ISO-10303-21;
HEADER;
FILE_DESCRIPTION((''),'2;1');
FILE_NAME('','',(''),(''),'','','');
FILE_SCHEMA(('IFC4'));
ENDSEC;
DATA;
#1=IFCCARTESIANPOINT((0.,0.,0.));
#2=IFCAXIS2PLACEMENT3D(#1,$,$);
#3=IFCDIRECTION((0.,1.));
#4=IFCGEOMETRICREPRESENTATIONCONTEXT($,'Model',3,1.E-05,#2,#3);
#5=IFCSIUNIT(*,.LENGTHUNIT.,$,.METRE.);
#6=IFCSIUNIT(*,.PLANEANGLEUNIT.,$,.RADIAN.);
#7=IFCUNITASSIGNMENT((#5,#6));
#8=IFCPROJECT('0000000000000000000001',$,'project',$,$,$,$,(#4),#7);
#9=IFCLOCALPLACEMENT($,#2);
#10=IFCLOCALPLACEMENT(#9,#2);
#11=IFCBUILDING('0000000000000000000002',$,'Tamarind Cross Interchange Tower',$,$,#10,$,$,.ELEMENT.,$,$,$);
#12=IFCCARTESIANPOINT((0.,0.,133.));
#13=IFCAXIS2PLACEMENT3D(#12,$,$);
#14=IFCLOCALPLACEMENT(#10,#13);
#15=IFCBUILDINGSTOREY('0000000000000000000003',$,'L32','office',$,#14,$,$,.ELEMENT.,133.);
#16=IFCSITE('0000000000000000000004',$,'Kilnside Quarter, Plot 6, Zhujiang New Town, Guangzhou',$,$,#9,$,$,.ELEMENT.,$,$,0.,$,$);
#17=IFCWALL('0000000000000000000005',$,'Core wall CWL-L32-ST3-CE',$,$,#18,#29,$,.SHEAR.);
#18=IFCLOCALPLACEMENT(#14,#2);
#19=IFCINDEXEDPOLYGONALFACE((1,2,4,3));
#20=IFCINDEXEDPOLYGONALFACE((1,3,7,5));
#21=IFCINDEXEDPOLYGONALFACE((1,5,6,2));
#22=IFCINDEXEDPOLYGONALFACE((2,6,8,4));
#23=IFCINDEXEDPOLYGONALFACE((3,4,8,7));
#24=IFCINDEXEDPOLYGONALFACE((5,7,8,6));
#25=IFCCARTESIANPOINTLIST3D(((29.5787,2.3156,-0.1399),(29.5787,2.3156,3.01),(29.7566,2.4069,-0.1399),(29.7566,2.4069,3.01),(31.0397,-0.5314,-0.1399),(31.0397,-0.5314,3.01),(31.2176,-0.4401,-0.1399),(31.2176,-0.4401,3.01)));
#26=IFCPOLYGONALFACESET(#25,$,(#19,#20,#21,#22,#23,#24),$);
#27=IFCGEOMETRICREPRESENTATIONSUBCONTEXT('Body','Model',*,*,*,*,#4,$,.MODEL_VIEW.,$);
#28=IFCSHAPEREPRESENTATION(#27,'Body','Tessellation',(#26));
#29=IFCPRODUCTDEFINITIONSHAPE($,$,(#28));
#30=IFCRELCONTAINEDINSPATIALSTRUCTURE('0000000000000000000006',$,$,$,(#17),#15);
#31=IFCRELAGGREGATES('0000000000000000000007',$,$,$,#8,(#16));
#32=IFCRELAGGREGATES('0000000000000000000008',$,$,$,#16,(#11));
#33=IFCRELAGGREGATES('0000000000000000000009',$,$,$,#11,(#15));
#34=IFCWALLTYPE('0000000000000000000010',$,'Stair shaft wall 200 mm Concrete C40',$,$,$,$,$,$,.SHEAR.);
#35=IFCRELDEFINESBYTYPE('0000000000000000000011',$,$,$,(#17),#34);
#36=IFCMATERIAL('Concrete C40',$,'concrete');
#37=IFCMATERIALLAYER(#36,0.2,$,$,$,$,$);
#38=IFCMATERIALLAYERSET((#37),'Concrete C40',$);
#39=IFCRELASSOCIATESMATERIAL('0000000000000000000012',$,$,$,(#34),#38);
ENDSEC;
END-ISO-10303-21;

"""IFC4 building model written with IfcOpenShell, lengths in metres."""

from ifc_helpers import new_model, si_unit, direction, frame, frame_2d, origin, place, context, subcontext, project, spatial, rectangle, extrude, material, layer, layer_set, type_object, element, save


model = new_model("IFC4")

# Units and contexts
model_context = context("Model", 3, precision=1e-05, world=origin(), true_north=direction((0.0, 1.0)))
body_context = subcontext(model_context, "Body", "Model", "MODEL_VIEW")
ifc_project = project(units=[si_unit("LENGTHUNIT", "METRE"), si_unit("PLANEANGLEUNIT", "RADIAN")], contexts=[model_context])

# Site, building, storey
site_placement = place(None, origin())
site = spatial("IfcSite", under=ifc_project, at=site_placement, Name="Kilnside Quarter, Plot 6, Zhujiang New Town, Guangzhou", CompositionType="ELEMENT", RefElevation=0.0)
building_placement = place(site_placement, origin())
building = spatial("IfcBuilding", under=site, at=building_placement, Name="Tamarind Cross Interchange Tower", CompositionType="ELEMENT")
storey_placement = place(building_placement, frame((0.0, 0.0, 133.0)))
storey = spatial("IfcBuildingStorey", under=building, at=storey_placement, Name="L32", Description="office", CompositionType="ELEMENT", Elevation=133.0)

# Wall
ifc_material_1 = material(Name="Concrete C40", Category="concrete")
ifc_layer_1 = layer(ifc_material_1, 0.2)
ifc_layer_set_1 = layer_set([ifc_layer_1], Name="Concrete C40")
wall_type_1 = type_object("IfcWallType", Name="Stair shaft wall 200 mm Concrete C40", PredefinedType="SHEAR", material=ifc_layer_set_1)
wall_1_placement = place(storey_placement, frame((31.1287, -0.4858, -0.1399), z_axis=(0.0, 0.0, 1.0), x_axis=(-0.456558, 0.889694, 0.0)))
element("IfcWall", 1, at=wall_1_placement, inside=storey, type_object=wall_type_1, Name="Core wall CWL-L32-ST3-CE", PredefinedType="SHEAR", context=body_context, shape_type="SweptSolid", body=[
    extrude(rectangle(XDim=3.2, YDim=0.2, at=frame_2d((1.6001, 0.0))), origin(), (0.0, 0.0, 1.0), 3.1499),
])

save(model, "model.ifc")
